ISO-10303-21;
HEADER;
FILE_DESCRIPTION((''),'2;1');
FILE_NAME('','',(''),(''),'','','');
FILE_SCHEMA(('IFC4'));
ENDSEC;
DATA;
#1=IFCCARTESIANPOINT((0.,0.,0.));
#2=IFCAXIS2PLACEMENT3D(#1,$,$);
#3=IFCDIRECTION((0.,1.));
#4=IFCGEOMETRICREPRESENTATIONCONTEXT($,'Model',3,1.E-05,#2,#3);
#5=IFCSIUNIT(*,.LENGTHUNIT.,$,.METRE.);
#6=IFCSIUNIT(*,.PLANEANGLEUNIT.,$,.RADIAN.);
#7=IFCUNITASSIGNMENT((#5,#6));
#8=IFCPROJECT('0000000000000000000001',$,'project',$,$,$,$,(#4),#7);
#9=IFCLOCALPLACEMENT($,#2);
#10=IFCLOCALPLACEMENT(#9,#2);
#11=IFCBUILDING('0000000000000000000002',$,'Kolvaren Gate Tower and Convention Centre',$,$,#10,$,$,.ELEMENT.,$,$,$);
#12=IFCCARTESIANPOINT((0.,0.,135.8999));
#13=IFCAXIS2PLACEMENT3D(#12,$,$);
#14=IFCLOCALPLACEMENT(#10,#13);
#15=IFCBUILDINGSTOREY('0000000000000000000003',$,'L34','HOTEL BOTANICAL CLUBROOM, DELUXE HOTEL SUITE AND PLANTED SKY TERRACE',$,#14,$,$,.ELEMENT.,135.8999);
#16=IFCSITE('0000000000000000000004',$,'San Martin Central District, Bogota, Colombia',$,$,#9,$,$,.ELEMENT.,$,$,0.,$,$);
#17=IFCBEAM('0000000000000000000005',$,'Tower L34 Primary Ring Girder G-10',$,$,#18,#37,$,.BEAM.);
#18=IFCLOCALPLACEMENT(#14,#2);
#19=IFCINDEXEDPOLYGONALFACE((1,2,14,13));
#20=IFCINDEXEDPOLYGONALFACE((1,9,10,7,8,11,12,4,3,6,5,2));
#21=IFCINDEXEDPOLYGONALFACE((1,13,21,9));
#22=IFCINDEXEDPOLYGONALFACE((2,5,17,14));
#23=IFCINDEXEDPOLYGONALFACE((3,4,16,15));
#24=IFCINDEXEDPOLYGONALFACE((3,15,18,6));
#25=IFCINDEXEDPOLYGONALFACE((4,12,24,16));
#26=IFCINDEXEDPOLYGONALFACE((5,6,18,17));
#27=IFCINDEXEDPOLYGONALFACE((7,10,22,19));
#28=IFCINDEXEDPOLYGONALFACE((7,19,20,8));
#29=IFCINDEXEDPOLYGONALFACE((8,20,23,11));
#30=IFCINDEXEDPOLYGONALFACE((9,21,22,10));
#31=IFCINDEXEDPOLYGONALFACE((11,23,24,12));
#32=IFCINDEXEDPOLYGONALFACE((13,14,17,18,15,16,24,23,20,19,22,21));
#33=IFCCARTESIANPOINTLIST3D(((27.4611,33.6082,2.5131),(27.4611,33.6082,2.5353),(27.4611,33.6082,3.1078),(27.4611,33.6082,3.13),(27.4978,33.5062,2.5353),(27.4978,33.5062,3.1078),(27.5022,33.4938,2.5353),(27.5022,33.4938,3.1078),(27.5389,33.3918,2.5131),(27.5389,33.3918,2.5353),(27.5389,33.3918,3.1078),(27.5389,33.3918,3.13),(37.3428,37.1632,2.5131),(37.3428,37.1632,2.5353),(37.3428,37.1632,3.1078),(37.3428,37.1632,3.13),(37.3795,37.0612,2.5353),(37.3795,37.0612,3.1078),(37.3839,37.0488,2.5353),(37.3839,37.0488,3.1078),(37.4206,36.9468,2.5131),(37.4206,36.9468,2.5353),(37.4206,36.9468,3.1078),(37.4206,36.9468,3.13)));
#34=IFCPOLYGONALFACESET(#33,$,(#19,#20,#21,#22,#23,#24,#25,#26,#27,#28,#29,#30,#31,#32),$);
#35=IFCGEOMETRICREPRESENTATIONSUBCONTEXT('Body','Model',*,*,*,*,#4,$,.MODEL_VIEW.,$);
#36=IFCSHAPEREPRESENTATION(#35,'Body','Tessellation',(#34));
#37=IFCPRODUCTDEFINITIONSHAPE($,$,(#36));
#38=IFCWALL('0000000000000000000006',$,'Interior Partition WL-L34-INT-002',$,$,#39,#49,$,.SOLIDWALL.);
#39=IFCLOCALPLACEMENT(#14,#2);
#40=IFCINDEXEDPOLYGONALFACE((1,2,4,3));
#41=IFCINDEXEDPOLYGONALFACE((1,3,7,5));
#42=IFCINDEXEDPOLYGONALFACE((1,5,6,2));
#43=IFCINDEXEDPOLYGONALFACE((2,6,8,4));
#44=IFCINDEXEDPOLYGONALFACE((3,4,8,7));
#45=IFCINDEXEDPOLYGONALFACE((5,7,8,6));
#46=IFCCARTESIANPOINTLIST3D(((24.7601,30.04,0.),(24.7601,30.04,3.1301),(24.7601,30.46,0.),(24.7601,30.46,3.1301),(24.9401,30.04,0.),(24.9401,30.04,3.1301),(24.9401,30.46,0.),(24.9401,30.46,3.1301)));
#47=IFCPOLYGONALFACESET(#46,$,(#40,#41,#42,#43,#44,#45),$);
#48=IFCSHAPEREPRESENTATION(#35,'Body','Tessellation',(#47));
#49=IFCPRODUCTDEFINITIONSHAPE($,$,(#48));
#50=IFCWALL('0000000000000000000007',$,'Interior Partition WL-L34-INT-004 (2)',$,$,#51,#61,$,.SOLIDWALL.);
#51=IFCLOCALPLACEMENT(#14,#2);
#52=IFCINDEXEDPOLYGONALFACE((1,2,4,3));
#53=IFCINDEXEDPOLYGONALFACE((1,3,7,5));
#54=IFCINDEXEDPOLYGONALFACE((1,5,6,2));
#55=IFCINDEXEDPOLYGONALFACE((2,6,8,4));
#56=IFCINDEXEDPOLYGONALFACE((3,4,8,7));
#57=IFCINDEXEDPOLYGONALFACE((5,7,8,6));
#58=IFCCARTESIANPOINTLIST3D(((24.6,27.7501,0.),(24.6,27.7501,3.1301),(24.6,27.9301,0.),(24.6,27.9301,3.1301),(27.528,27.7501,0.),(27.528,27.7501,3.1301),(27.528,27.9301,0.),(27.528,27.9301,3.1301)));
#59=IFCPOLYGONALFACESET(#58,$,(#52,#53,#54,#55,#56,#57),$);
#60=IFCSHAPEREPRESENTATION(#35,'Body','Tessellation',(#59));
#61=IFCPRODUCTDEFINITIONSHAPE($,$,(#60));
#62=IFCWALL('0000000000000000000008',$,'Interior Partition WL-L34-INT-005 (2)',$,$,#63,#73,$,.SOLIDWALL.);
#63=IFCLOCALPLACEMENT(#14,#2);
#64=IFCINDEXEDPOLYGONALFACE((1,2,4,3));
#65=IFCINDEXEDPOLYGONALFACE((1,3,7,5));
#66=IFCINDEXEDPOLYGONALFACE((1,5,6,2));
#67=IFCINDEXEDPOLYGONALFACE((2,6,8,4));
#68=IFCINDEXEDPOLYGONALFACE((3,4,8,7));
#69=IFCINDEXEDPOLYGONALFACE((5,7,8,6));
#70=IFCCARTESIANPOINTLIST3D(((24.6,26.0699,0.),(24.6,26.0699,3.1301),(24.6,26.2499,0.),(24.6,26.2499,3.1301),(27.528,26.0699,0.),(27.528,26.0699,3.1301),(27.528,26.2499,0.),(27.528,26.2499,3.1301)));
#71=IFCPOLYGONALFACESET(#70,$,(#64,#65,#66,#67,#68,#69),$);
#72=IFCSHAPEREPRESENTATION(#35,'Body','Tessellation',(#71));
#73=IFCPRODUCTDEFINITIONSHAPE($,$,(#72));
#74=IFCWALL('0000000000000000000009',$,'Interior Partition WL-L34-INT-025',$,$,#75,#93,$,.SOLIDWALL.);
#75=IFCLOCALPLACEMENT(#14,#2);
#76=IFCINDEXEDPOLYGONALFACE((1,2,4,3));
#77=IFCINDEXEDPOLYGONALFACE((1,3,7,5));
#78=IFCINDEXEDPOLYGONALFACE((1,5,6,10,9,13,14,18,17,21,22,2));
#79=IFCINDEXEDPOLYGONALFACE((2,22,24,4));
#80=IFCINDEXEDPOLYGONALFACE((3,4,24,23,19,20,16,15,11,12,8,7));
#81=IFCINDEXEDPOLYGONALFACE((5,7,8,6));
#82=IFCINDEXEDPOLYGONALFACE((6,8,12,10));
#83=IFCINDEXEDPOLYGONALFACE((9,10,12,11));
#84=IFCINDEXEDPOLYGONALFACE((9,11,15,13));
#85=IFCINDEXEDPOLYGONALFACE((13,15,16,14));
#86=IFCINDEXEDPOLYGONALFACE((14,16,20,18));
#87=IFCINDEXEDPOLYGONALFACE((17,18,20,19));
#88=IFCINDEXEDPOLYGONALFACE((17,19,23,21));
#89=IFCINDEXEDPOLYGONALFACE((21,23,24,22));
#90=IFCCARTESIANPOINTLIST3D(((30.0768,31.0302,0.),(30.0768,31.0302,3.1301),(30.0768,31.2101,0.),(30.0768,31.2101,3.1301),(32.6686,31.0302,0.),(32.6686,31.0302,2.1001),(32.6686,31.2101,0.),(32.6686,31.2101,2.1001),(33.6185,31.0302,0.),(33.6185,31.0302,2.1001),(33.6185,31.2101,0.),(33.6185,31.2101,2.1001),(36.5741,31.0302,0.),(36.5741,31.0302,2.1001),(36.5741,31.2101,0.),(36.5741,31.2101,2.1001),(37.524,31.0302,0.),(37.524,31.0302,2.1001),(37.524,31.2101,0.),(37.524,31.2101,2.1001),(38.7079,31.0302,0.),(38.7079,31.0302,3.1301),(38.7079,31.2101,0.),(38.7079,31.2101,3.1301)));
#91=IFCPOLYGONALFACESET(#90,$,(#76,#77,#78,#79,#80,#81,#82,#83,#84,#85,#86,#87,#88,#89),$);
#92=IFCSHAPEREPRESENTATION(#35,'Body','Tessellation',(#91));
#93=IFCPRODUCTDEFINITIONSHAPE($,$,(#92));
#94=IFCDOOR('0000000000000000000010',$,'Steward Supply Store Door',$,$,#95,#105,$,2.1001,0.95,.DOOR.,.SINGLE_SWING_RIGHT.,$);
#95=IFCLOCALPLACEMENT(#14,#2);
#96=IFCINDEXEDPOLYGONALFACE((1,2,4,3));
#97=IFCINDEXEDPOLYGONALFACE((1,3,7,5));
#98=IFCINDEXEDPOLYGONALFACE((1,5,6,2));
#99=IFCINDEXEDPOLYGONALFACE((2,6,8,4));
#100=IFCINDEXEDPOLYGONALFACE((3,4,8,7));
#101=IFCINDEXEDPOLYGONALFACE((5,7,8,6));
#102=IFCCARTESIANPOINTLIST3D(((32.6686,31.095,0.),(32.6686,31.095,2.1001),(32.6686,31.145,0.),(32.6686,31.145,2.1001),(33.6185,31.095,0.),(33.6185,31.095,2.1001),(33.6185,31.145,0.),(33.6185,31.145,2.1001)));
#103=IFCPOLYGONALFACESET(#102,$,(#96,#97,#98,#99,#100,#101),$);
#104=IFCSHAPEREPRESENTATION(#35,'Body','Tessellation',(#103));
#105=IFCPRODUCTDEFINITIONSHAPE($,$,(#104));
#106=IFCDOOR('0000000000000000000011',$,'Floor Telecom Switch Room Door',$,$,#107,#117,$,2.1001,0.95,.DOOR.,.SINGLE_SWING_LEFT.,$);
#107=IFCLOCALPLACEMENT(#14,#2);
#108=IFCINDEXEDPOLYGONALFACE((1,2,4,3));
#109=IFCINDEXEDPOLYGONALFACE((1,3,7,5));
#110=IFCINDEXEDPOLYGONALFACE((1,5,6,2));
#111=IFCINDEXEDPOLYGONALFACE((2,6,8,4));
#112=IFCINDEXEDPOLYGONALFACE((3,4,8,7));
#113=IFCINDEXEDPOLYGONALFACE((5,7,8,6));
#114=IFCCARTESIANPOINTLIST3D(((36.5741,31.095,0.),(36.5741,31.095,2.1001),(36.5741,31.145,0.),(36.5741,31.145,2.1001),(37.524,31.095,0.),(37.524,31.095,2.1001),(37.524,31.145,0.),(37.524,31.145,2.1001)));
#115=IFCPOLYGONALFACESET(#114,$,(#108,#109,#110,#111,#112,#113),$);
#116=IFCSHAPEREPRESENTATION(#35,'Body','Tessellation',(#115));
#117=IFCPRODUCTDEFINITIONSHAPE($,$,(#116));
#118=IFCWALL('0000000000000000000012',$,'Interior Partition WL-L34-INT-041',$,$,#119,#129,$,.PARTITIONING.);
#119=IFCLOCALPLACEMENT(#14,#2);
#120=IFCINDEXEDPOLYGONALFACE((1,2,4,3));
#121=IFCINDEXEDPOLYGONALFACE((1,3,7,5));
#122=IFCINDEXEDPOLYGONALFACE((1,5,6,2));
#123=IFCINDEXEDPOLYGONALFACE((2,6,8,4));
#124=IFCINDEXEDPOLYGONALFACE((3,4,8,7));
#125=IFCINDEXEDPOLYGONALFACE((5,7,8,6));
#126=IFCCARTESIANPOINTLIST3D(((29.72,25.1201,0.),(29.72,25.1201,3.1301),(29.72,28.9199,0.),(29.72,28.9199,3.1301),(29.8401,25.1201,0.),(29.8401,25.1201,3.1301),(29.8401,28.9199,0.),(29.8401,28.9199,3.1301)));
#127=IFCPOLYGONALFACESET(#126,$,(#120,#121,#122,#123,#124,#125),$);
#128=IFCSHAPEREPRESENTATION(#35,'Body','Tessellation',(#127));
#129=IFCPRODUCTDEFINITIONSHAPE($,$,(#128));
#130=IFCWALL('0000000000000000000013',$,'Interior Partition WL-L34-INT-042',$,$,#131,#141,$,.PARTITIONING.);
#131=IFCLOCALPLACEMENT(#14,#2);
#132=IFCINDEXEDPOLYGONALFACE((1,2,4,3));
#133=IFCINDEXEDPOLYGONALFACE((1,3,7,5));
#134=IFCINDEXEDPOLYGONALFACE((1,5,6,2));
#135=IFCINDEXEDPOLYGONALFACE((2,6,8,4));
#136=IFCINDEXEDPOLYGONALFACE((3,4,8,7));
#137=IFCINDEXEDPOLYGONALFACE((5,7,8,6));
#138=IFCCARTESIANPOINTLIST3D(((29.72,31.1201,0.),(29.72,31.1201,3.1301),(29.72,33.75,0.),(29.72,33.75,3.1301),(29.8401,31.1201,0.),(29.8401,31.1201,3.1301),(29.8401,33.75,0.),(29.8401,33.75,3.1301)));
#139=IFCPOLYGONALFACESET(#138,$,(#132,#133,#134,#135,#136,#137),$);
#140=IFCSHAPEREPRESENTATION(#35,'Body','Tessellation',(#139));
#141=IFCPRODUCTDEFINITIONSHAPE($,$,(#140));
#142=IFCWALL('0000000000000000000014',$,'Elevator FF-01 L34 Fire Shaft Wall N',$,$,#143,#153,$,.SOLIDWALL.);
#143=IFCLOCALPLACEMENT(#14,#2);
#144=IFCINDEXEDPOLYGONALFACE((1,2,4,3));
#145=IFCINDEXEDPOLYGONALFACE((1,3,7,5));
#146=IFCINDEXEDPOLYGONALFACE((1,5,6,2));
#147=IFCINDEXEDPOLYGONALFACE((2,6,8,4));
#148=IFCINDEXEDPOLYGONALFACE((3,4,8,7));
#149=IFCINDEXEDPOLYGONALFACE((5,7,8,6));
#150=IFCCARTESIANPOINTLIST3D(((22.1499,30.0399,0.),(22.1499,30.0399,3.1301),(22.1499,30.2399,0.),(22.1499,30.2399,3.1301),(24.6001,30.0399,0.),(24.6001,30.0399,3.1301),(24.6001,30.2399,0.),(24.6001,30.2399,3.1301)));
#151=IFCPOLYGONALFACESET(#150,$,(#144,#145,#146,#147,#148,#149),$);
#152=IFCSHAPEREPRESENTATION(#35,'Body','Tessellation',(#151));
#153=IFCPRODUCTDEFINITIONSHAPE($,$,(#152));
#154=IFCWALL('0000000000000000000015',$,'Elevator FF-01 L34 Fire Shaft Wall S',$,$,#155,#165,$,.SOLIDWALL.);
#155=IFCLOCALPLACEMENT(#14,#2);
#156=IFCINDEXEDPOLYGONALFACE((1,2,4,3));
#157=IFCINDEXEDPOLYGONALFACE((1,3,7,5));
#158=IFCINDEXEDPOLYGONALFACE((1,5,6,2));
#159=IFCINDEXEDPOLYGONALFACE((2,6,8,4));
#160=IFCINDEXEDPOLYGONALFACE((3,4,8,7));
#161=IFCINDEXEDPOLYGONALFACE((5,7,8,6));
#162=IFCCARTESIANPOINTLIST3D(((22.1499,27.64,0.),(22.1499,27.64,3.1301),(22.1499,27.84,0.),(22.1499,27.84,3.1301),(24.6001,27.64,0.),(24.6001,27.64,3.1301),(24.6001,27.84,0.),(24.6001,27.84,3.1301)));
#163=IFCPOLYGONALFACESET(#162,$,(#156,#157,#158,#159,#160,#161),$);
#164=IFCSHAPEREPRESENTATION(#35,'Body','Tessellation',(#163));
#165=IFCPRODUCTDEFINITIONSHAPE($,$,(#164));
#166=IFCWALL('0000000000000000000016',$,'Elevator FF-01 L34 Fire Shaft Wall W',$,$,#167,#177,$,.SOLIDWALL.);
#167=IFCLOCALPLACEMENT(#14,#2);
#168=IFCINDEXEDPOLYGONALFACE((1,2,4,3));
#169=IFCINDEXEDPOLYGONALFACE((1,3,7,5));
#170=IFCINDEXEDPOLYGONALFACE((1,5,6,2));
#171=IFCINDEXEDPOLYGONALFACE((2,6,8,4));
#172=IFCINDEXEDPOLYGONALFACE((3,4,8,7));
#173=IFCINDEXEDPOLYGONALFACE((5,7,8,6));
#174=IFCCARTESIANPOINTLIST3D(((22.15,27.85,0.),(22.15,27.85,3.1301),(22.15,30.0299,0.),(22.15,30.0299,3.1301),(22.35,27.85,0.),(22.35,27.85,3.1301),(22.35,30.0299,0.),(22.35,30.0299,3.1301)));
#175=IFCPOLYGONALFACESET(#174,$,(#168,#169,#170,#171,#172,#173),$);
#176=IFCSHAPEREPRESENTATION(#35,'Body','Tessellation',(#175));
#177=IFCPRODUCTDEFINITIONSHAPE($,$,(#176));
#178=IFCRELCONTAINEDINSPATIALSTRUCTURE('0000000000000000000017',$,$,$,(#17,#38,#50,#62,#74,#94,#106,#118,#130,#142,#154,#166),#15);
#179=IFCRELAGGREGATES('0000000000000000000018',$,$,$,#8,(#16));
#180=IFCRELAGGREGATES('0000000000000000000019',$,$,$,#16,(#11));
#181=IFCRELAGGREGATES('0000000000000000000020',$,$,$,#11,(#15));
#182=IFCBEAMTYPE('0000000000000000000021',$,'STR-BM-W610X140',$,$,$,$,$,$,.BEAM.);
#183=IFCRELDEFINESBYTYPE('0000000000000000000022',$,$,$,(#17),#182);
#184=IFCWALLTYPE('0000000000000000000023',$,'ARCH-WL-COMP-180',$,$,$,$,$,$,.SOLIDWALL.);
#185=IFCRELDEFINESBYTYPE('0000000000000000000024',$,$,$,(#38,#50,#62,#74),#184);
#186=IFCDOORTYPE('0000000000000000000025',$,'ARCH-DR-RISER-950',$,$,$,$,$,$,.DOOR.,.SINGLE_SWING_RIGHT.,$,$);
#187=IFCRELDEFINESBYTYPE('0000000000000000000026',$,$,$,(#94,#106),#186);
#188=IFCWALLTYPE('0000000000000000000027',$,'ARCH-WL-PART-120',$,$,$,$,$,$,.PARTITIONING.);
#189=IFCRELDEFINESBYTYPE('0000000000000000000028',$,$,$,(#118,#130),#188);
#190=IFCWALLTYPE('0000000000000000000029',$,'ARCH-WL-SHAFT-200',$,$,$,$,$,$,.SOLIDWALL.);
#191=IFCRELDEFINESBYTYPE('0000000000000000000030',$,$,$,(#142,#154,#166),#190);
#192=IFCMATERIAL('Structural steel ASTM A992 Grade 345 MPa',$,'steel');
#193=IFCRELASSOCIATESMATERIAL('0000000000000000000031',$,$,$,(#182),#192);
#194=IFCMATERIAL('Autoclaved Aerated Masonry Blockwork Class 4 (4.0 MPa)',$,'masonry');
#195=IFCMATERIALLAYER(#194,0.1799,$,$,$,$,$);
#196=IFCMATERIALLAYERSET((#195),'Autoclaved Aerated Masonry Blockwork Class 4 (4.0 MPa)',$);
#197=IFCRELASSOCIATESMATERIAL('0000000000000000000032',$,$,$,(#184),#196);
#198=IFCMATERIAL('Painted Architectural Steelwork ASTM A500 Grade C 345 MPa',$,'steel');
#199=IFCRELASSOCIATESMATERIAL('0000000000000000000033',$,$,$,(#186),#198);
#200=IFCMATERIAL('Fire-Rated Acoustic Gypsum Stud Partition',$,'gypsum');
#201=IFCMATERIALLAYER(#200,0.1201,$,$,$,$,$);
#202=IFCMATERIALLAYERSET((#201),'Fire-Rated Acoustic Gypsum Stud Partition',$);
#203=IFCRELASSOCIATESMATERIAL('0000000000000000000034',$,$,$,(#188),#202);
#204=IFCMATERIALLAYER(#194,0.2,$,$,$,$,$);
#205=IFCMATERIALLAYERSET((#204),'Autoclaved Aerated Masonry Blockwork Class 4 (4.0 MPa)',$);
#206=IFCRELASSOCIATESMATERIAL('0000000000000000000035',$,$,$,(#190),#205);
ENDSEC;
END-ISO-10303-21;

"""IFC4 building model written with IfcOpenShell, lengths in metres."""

from ifc_helpers import new_model, si_unit, direction, frame, frame_2d, origin, origin_2d, place, context, subcontext, project, spatial, rectangle, i_section, extrude, material, layer, layer_set, material_profile, profile_set, type_object, element, fill, save


model = new_model("IFC4")

# Units and contexts
model_context = context("Model", 3, precision=1e-05, world=origin(), true_north=direction((0.0, 1.0)))
body_context = subcontext(model_context, "Body", "Model", "MODEL_VIEW")
ifc_project = project(units=[si_unit("LENGTHUNIT", "METRE"), si_unit("PLANEANGLEUNIT", "RADIAN")], contexts=[model_context])

# Site, building, storey
site_placement = place(None, origin())
site = spatial("IfcSite", under=ifc_project, at=site_placement, Name="San Martin Central District, Bogota, Colombia", CompositionType="ELEMENT", RefElevation=0.0)
building_placement = place(site_placement, origin())
building = spatial("IfcBuilding", under=site, at=building_placement, Name="Kolvaren Gate Tower and Convention Centre", CompositionType="ELEMENT")
storey_placement = place(building_placement, frame((0.0, 0.0, 135.8999)))
storey = spatial("IfcBuildingStorey", under=building, at=storey_placement, Name="L34", Description="HOTEL BOTANICAL CLUBROOM, DELUXE HOTEL SUITE AND PLANTED SKY TERRACE", CompositionType="ELEMENT", Elevation=135.8999)

# Beam
ifc_material_1 = material(Name="Structural steel ASTM A992 Grade 345 MPa", Category="steel")
ifc_material_profile = material_profile(ifc_material_1, i_section(OverallWidth=0.23, OverallDepth=0.6169, WebThickness=0.0132, FlangeThickness=0.0222, at=origin_2d()), Name="W610X140")
ifc_profile_set = profile_set([ifc_material_profile], Name="Structural steel ASTM A992 Grade 345 MPa")
beam_type = type_object("IfcBeamType", Name="STR-BM-W610X140", PredefinedType="BEAM", material=ifc_profile_set)
beam_placement = place(storey_placement, frame((27.5, 33.5, 2.8215), z_axis=(0.940961, 0.338514, 0.0), x_axis=(-0.338514, 0.940961, 0.0)))
element("IfcBeam", 1, at=beam_placement, inside=storey, type_object=beam_type, Name="Tower L34 Primary Ring Girder G-10", PredefinedType="BEAM", context=body_context, shape_type="SweptSolid", body=[
    extrude(i_section(OverallWidth=0.23, OverallDepth=0.6169, WebThickness=0.0132, FlangeThickness=0.0222, at=origin_2d()), origin(), (0.0, 0.0, 1.0), 10.5017),
])

# Walls
ifc_material_2 = material(Name="Autoclaved Aerated Masonry Blockwork Class 4 (4.0 MPa)", Category="masonry")
ifc_layer_1 = layer(ifc_material_2, 0.1799)
ifc_layer_set_1 = layer_set([ifc_layer_1], Name="Autoclaved Aerated Masonry Blockwork Class 4 (4.0 MPa)")
wall_type_1 = type_object("IfcWallType", Name="ARCH-WL-COMP-180", PredefinedType="SOLIDWALL", material=ifc_layer_set_1)
wall_1_placement = place(storey_placement, frame((24.8501, 30.04, 0.0), z_axis=(0.0, 0.0, 1.0), x_axis=(0.0, 1.0, 0.0)))
element("IfcWall", 2, at=wall_1_placement, inside=storey, type_object=wall_type_1, Name="Interior Partition WL-L34-INT-002", PredefinedType="SOLIDWALL", context=body_context, shape_type="SweptSolid", body=[
    extrude(rectangle(XDim=0.4199, YDim=0.1799, at=frame_2d((0.21, 0.0))), origin(), (0.0, 0.0, 1.0), 3.1301),
])
for number, where, z_axis, x_axis, name in (
    (3, (24.6001, 27.8401, 0.0), (0.0, 0.0, 1.0), (1.0, 0.0, 0.0), "Interior Partition WL-L34-INT-004 (2)"),
    (4, (24.6001, 26.1599, 0.0), (0.0, 0.0, 1.0), (1.0, 0.0, 0.0), "Interior Partition WL-L34-INT-005 (2)"),
):
    element("IfcWall", number, at=place(storey_placement, frame(where, z_axis=z_axis, x_axis=x_axis)), inside=storey, type_object=wall_type_1, Name=name, PredefinedType="SOLIDWALL", context=body_context, shape_type="SweptSolid", body=[
        extrude(rectangle(XDim=2.928, YDim=0.1799, at=frame_2d((1.4639, 0.0))), origin(), (0.0, 0.0, 1.0), 3.1301),
    ])

# Wall, openings, doors
wall_2_placement = place(storey_placement, frame((30.0769, 31.1201, 0.0), z_axis=(0.0, 0.0, 1.0), x_axis=(1.0, 0.0, 0.0)))
wall_2 = element("IfcWall", 5, at=wall_2_placement, inside=storey, type_object=wall_type_1, Name="Interior Partition WL-L34-INT-025", PredefinedType="SOLIDWALL", context=body_context, shape_type="SweptSolid", body=[
    extrude(rectangle(XDim=8.6311, YDim=0.1799, at=frame_2d((4.3154, 0.0))), origin(), (0.0, 0.0, 1.0), 3.1301),
])
opening_1_placement = place(wall_2_placement, frame((2.5916, 0.0, 0.0)))
opening_1 = element("IfcOpeningElement", 6, at=opening_1_placement, cuts=wall_2, PredefinedType="OPENING", context=body_context, shape_type="SweptSolid", body=[
    extrude(rectangle(XDim=0.95, YDim=2.1001, at=frame_2d((0.4751, 1.05))), frame((0.0, 0.0999, 0.0), z_axis=(0.0, -1.0, 0.0), x_axis=(1.0, 0.0, 0.0)), (0.0, 0.0, 1.0), 0.2),
])
opening_2_placement = place(wall_2_placement, frame((6.4971, 0.0, 0.0)))
opening_2 = element("IfcOpeningElement", 7, at=opening_2_placement, cuts=wall_2, PredefinedType="OPENING", context=body_context, shape_type="SweptSolid", body=[
    extrude(rectangle(XDim=0.95, YDim=2.1001, at=frame_2d((0.4751, 1.05))), frame((0.0, 0.0999, 0.0), z_axis=(0.0, -1.0, 0.0), x_axis=(1.0, 0.0, 0.0)), (0.0, 0.0, 1.0), 0.2),
])
ifc_material_3 = material(Name="Painted Architectural Steelwork ASTM A500 Grade C 345 MPa", Category="steel")
door_type_1 = type_object("IfcDoorType", Name="ARCH-DR-RISER-950", OperationType="SINGLE_SWING_RIGHT", PredefinedType="DOOR", material=ifc_material_3)
door_1_placement = place(opening_1_placement, origin())
door_1 = element("IfcDoor", 8, at=door_1_placement, inside=storey, type_object=door_type_1, Name="Steward Supply Store Door", OperationType="SINGLE_SWING_RIGHT", OverallHeight=2.1001, OverallWidth=0.95, PredefinedType="DOOR", context=body_context, shape_type="SweptSolid", body=[
    extrude(rectangle(XDim=0.95, YDim=2.1001, at=frame_2d((0.4751, 1.05))), frame((0.0, 0.0249, 0.0), z_axis=(0.0, -1.0, 0.0), x_axis=(1.0, 0.0, 0.0)), (0.0, 0.0, 1.0), 0.05),
])
fill(opening_1, door_1)
door_2_placement = place(opening_2_placement, origin())
door_2 = element("IfcDoor", 9, at=door_2_placement, inside=storey, type_object=door_type_1, Name="Floor Telecom Switch Room Door", OperationType="SINGLE_SWING_LEFT", OverallHeight=2.1001, OverallWidth=0.95, PredefinedType="DOOR", context=body_context, shape_type="SweptSolid", body=[
    extrude(rectangle(XDim=0.95, YDim=2.1001, at=frame_2d((0.4751, 1.05))), frame((0.0, 0.0249, 0.0), z_axis=(0.0, -1.0, 0.0), x_axis=(1.0, 0.0, 0.0)), (0.0, 0.0, 1.0), 0.05),
])
fill(opening_2, door_2)

# Walls
ifc_material_4 = material(Name="Fire-Rated Acoustic Gypsum Stud Partition", Category="gypsum")
ifc_layer_2 = layer(ifc_material_4, 0.1201)
ifc_layer_set_2 = layer_set([ifc_layer_2], Name="Fire-Rated Acoustic Gypsum Stud Partition")
wall_type_2 = type_object("IfcWallType", Name="ARCH-WL-PART-120", PredefinedType="PARTITIONING", material=ifc_layer_set_2)
wall_3_placement = place(storey_placement, frame((29.78, 25.1201, 0.0), z_axis=(0.0, 0.0, 1.0), x_axis=(0.0, 1.0, 0.0)))
element("IfcWall", 10, at=wall_3_placement, inside=storey, type_object=wall_type_2, Name="Interior Partition WL-L34-INT-041", PredefinedType="PARTITIONING", context=body_context, shape_type="SweptSolid", body=[
    extrude(rectangle(XDim=3.7998, YDim=0.1201, at=frame_2d((1.8999, 0.0))), origin(), (0.0, 0.0, 1.0), 3.1301),
])
wall_4_placement = place(storey_placement, frame((29.78, 31.1201, 0.0), z_axis=(0.0, 0.0, 1.0), x_axis=(0.0, 1.0, 0.0)))
element("IfcWall", 11, at=wall_4_placement, inside=storey, type_object=wall_type_2, Name="Interior Partition WL-L34-INT-042", PredefinedType="PARTITIONING", context=body_context, shape_type="SweptSolid", body=[
    extrude(rectangle(XDim=2.6299, YDim=0.1201, at=frame_2d((1.3149, 0.0))), origin(), (0.0, 0.0, 1.0), 3.1301),
])
ifc_layer_3 = layer(ifc_material_2, 0.2)
ifc_layer_set_3 = layer_set([ifc_layer_3], Name="Autoclaved Aerated Masonry Blockwork Class 4 (4.0 MPa)")
wall_type_3 = type_object("IfcWallType", Name="ARCH-WL-SHAFT-200", PredefinedType="SOLIDWALL", material=ifc_layer_set_3)
for number, where, z_axis, x_axis, name in (
    (12, (22.1499, 30.1399, 0.0), (0.0, 0.0, 1.0), (1.0, 0.0, 0.0), "Elevator FF-01 L34 Fire Shaft Wall N"),
    (13, (22.1499, 27.74, 0.0), (0.0, 0.0, 1.0), (1.0, 0.0, 0.0), "Elevator FF-01 L34 Fire Shaft Wall S"),
):
    element("IfcWall", number, at=place(storey_placement, frame(where, z_axis=z_axis, x_axis=x_axis)), inside=storey, type_object=wall_type_3, Name=name, PredefinedType="SOLIDWALL", context=body_context, shape_type="SweptSolid", body=[
        extrude(rectangle(XDim=2.4502, YDim=0.2, at=frame_2d((1.2251, 0.0))), origin(), (0.0, 0.0, 1.0), 3.1301),
    ])
wall_5_placement = place(storey_placement, frame((22.25, 27.8501, 0.0), z_axis=(0.0, 0.0, 1.0), x_axis=(0.0, 1.0, 0.0)))
element("IfcWall", 14, at=wall_5_placement, inside=storey, type_object=wall_type_3, Name="Elevator FF-01 L34 Fire Shaft Wall W", PredefinedType="SOLIDWALL", context=body_context, shape_type="SweptSolid", body=[
    extrude(rectangle(XDim=2.1799, YDim=0.2, at=frame_2d((1.0898, 0.0))), origin(), (0.0, 0.0, 1.0), 3.1301),
])

save(model, "model.ifc")
